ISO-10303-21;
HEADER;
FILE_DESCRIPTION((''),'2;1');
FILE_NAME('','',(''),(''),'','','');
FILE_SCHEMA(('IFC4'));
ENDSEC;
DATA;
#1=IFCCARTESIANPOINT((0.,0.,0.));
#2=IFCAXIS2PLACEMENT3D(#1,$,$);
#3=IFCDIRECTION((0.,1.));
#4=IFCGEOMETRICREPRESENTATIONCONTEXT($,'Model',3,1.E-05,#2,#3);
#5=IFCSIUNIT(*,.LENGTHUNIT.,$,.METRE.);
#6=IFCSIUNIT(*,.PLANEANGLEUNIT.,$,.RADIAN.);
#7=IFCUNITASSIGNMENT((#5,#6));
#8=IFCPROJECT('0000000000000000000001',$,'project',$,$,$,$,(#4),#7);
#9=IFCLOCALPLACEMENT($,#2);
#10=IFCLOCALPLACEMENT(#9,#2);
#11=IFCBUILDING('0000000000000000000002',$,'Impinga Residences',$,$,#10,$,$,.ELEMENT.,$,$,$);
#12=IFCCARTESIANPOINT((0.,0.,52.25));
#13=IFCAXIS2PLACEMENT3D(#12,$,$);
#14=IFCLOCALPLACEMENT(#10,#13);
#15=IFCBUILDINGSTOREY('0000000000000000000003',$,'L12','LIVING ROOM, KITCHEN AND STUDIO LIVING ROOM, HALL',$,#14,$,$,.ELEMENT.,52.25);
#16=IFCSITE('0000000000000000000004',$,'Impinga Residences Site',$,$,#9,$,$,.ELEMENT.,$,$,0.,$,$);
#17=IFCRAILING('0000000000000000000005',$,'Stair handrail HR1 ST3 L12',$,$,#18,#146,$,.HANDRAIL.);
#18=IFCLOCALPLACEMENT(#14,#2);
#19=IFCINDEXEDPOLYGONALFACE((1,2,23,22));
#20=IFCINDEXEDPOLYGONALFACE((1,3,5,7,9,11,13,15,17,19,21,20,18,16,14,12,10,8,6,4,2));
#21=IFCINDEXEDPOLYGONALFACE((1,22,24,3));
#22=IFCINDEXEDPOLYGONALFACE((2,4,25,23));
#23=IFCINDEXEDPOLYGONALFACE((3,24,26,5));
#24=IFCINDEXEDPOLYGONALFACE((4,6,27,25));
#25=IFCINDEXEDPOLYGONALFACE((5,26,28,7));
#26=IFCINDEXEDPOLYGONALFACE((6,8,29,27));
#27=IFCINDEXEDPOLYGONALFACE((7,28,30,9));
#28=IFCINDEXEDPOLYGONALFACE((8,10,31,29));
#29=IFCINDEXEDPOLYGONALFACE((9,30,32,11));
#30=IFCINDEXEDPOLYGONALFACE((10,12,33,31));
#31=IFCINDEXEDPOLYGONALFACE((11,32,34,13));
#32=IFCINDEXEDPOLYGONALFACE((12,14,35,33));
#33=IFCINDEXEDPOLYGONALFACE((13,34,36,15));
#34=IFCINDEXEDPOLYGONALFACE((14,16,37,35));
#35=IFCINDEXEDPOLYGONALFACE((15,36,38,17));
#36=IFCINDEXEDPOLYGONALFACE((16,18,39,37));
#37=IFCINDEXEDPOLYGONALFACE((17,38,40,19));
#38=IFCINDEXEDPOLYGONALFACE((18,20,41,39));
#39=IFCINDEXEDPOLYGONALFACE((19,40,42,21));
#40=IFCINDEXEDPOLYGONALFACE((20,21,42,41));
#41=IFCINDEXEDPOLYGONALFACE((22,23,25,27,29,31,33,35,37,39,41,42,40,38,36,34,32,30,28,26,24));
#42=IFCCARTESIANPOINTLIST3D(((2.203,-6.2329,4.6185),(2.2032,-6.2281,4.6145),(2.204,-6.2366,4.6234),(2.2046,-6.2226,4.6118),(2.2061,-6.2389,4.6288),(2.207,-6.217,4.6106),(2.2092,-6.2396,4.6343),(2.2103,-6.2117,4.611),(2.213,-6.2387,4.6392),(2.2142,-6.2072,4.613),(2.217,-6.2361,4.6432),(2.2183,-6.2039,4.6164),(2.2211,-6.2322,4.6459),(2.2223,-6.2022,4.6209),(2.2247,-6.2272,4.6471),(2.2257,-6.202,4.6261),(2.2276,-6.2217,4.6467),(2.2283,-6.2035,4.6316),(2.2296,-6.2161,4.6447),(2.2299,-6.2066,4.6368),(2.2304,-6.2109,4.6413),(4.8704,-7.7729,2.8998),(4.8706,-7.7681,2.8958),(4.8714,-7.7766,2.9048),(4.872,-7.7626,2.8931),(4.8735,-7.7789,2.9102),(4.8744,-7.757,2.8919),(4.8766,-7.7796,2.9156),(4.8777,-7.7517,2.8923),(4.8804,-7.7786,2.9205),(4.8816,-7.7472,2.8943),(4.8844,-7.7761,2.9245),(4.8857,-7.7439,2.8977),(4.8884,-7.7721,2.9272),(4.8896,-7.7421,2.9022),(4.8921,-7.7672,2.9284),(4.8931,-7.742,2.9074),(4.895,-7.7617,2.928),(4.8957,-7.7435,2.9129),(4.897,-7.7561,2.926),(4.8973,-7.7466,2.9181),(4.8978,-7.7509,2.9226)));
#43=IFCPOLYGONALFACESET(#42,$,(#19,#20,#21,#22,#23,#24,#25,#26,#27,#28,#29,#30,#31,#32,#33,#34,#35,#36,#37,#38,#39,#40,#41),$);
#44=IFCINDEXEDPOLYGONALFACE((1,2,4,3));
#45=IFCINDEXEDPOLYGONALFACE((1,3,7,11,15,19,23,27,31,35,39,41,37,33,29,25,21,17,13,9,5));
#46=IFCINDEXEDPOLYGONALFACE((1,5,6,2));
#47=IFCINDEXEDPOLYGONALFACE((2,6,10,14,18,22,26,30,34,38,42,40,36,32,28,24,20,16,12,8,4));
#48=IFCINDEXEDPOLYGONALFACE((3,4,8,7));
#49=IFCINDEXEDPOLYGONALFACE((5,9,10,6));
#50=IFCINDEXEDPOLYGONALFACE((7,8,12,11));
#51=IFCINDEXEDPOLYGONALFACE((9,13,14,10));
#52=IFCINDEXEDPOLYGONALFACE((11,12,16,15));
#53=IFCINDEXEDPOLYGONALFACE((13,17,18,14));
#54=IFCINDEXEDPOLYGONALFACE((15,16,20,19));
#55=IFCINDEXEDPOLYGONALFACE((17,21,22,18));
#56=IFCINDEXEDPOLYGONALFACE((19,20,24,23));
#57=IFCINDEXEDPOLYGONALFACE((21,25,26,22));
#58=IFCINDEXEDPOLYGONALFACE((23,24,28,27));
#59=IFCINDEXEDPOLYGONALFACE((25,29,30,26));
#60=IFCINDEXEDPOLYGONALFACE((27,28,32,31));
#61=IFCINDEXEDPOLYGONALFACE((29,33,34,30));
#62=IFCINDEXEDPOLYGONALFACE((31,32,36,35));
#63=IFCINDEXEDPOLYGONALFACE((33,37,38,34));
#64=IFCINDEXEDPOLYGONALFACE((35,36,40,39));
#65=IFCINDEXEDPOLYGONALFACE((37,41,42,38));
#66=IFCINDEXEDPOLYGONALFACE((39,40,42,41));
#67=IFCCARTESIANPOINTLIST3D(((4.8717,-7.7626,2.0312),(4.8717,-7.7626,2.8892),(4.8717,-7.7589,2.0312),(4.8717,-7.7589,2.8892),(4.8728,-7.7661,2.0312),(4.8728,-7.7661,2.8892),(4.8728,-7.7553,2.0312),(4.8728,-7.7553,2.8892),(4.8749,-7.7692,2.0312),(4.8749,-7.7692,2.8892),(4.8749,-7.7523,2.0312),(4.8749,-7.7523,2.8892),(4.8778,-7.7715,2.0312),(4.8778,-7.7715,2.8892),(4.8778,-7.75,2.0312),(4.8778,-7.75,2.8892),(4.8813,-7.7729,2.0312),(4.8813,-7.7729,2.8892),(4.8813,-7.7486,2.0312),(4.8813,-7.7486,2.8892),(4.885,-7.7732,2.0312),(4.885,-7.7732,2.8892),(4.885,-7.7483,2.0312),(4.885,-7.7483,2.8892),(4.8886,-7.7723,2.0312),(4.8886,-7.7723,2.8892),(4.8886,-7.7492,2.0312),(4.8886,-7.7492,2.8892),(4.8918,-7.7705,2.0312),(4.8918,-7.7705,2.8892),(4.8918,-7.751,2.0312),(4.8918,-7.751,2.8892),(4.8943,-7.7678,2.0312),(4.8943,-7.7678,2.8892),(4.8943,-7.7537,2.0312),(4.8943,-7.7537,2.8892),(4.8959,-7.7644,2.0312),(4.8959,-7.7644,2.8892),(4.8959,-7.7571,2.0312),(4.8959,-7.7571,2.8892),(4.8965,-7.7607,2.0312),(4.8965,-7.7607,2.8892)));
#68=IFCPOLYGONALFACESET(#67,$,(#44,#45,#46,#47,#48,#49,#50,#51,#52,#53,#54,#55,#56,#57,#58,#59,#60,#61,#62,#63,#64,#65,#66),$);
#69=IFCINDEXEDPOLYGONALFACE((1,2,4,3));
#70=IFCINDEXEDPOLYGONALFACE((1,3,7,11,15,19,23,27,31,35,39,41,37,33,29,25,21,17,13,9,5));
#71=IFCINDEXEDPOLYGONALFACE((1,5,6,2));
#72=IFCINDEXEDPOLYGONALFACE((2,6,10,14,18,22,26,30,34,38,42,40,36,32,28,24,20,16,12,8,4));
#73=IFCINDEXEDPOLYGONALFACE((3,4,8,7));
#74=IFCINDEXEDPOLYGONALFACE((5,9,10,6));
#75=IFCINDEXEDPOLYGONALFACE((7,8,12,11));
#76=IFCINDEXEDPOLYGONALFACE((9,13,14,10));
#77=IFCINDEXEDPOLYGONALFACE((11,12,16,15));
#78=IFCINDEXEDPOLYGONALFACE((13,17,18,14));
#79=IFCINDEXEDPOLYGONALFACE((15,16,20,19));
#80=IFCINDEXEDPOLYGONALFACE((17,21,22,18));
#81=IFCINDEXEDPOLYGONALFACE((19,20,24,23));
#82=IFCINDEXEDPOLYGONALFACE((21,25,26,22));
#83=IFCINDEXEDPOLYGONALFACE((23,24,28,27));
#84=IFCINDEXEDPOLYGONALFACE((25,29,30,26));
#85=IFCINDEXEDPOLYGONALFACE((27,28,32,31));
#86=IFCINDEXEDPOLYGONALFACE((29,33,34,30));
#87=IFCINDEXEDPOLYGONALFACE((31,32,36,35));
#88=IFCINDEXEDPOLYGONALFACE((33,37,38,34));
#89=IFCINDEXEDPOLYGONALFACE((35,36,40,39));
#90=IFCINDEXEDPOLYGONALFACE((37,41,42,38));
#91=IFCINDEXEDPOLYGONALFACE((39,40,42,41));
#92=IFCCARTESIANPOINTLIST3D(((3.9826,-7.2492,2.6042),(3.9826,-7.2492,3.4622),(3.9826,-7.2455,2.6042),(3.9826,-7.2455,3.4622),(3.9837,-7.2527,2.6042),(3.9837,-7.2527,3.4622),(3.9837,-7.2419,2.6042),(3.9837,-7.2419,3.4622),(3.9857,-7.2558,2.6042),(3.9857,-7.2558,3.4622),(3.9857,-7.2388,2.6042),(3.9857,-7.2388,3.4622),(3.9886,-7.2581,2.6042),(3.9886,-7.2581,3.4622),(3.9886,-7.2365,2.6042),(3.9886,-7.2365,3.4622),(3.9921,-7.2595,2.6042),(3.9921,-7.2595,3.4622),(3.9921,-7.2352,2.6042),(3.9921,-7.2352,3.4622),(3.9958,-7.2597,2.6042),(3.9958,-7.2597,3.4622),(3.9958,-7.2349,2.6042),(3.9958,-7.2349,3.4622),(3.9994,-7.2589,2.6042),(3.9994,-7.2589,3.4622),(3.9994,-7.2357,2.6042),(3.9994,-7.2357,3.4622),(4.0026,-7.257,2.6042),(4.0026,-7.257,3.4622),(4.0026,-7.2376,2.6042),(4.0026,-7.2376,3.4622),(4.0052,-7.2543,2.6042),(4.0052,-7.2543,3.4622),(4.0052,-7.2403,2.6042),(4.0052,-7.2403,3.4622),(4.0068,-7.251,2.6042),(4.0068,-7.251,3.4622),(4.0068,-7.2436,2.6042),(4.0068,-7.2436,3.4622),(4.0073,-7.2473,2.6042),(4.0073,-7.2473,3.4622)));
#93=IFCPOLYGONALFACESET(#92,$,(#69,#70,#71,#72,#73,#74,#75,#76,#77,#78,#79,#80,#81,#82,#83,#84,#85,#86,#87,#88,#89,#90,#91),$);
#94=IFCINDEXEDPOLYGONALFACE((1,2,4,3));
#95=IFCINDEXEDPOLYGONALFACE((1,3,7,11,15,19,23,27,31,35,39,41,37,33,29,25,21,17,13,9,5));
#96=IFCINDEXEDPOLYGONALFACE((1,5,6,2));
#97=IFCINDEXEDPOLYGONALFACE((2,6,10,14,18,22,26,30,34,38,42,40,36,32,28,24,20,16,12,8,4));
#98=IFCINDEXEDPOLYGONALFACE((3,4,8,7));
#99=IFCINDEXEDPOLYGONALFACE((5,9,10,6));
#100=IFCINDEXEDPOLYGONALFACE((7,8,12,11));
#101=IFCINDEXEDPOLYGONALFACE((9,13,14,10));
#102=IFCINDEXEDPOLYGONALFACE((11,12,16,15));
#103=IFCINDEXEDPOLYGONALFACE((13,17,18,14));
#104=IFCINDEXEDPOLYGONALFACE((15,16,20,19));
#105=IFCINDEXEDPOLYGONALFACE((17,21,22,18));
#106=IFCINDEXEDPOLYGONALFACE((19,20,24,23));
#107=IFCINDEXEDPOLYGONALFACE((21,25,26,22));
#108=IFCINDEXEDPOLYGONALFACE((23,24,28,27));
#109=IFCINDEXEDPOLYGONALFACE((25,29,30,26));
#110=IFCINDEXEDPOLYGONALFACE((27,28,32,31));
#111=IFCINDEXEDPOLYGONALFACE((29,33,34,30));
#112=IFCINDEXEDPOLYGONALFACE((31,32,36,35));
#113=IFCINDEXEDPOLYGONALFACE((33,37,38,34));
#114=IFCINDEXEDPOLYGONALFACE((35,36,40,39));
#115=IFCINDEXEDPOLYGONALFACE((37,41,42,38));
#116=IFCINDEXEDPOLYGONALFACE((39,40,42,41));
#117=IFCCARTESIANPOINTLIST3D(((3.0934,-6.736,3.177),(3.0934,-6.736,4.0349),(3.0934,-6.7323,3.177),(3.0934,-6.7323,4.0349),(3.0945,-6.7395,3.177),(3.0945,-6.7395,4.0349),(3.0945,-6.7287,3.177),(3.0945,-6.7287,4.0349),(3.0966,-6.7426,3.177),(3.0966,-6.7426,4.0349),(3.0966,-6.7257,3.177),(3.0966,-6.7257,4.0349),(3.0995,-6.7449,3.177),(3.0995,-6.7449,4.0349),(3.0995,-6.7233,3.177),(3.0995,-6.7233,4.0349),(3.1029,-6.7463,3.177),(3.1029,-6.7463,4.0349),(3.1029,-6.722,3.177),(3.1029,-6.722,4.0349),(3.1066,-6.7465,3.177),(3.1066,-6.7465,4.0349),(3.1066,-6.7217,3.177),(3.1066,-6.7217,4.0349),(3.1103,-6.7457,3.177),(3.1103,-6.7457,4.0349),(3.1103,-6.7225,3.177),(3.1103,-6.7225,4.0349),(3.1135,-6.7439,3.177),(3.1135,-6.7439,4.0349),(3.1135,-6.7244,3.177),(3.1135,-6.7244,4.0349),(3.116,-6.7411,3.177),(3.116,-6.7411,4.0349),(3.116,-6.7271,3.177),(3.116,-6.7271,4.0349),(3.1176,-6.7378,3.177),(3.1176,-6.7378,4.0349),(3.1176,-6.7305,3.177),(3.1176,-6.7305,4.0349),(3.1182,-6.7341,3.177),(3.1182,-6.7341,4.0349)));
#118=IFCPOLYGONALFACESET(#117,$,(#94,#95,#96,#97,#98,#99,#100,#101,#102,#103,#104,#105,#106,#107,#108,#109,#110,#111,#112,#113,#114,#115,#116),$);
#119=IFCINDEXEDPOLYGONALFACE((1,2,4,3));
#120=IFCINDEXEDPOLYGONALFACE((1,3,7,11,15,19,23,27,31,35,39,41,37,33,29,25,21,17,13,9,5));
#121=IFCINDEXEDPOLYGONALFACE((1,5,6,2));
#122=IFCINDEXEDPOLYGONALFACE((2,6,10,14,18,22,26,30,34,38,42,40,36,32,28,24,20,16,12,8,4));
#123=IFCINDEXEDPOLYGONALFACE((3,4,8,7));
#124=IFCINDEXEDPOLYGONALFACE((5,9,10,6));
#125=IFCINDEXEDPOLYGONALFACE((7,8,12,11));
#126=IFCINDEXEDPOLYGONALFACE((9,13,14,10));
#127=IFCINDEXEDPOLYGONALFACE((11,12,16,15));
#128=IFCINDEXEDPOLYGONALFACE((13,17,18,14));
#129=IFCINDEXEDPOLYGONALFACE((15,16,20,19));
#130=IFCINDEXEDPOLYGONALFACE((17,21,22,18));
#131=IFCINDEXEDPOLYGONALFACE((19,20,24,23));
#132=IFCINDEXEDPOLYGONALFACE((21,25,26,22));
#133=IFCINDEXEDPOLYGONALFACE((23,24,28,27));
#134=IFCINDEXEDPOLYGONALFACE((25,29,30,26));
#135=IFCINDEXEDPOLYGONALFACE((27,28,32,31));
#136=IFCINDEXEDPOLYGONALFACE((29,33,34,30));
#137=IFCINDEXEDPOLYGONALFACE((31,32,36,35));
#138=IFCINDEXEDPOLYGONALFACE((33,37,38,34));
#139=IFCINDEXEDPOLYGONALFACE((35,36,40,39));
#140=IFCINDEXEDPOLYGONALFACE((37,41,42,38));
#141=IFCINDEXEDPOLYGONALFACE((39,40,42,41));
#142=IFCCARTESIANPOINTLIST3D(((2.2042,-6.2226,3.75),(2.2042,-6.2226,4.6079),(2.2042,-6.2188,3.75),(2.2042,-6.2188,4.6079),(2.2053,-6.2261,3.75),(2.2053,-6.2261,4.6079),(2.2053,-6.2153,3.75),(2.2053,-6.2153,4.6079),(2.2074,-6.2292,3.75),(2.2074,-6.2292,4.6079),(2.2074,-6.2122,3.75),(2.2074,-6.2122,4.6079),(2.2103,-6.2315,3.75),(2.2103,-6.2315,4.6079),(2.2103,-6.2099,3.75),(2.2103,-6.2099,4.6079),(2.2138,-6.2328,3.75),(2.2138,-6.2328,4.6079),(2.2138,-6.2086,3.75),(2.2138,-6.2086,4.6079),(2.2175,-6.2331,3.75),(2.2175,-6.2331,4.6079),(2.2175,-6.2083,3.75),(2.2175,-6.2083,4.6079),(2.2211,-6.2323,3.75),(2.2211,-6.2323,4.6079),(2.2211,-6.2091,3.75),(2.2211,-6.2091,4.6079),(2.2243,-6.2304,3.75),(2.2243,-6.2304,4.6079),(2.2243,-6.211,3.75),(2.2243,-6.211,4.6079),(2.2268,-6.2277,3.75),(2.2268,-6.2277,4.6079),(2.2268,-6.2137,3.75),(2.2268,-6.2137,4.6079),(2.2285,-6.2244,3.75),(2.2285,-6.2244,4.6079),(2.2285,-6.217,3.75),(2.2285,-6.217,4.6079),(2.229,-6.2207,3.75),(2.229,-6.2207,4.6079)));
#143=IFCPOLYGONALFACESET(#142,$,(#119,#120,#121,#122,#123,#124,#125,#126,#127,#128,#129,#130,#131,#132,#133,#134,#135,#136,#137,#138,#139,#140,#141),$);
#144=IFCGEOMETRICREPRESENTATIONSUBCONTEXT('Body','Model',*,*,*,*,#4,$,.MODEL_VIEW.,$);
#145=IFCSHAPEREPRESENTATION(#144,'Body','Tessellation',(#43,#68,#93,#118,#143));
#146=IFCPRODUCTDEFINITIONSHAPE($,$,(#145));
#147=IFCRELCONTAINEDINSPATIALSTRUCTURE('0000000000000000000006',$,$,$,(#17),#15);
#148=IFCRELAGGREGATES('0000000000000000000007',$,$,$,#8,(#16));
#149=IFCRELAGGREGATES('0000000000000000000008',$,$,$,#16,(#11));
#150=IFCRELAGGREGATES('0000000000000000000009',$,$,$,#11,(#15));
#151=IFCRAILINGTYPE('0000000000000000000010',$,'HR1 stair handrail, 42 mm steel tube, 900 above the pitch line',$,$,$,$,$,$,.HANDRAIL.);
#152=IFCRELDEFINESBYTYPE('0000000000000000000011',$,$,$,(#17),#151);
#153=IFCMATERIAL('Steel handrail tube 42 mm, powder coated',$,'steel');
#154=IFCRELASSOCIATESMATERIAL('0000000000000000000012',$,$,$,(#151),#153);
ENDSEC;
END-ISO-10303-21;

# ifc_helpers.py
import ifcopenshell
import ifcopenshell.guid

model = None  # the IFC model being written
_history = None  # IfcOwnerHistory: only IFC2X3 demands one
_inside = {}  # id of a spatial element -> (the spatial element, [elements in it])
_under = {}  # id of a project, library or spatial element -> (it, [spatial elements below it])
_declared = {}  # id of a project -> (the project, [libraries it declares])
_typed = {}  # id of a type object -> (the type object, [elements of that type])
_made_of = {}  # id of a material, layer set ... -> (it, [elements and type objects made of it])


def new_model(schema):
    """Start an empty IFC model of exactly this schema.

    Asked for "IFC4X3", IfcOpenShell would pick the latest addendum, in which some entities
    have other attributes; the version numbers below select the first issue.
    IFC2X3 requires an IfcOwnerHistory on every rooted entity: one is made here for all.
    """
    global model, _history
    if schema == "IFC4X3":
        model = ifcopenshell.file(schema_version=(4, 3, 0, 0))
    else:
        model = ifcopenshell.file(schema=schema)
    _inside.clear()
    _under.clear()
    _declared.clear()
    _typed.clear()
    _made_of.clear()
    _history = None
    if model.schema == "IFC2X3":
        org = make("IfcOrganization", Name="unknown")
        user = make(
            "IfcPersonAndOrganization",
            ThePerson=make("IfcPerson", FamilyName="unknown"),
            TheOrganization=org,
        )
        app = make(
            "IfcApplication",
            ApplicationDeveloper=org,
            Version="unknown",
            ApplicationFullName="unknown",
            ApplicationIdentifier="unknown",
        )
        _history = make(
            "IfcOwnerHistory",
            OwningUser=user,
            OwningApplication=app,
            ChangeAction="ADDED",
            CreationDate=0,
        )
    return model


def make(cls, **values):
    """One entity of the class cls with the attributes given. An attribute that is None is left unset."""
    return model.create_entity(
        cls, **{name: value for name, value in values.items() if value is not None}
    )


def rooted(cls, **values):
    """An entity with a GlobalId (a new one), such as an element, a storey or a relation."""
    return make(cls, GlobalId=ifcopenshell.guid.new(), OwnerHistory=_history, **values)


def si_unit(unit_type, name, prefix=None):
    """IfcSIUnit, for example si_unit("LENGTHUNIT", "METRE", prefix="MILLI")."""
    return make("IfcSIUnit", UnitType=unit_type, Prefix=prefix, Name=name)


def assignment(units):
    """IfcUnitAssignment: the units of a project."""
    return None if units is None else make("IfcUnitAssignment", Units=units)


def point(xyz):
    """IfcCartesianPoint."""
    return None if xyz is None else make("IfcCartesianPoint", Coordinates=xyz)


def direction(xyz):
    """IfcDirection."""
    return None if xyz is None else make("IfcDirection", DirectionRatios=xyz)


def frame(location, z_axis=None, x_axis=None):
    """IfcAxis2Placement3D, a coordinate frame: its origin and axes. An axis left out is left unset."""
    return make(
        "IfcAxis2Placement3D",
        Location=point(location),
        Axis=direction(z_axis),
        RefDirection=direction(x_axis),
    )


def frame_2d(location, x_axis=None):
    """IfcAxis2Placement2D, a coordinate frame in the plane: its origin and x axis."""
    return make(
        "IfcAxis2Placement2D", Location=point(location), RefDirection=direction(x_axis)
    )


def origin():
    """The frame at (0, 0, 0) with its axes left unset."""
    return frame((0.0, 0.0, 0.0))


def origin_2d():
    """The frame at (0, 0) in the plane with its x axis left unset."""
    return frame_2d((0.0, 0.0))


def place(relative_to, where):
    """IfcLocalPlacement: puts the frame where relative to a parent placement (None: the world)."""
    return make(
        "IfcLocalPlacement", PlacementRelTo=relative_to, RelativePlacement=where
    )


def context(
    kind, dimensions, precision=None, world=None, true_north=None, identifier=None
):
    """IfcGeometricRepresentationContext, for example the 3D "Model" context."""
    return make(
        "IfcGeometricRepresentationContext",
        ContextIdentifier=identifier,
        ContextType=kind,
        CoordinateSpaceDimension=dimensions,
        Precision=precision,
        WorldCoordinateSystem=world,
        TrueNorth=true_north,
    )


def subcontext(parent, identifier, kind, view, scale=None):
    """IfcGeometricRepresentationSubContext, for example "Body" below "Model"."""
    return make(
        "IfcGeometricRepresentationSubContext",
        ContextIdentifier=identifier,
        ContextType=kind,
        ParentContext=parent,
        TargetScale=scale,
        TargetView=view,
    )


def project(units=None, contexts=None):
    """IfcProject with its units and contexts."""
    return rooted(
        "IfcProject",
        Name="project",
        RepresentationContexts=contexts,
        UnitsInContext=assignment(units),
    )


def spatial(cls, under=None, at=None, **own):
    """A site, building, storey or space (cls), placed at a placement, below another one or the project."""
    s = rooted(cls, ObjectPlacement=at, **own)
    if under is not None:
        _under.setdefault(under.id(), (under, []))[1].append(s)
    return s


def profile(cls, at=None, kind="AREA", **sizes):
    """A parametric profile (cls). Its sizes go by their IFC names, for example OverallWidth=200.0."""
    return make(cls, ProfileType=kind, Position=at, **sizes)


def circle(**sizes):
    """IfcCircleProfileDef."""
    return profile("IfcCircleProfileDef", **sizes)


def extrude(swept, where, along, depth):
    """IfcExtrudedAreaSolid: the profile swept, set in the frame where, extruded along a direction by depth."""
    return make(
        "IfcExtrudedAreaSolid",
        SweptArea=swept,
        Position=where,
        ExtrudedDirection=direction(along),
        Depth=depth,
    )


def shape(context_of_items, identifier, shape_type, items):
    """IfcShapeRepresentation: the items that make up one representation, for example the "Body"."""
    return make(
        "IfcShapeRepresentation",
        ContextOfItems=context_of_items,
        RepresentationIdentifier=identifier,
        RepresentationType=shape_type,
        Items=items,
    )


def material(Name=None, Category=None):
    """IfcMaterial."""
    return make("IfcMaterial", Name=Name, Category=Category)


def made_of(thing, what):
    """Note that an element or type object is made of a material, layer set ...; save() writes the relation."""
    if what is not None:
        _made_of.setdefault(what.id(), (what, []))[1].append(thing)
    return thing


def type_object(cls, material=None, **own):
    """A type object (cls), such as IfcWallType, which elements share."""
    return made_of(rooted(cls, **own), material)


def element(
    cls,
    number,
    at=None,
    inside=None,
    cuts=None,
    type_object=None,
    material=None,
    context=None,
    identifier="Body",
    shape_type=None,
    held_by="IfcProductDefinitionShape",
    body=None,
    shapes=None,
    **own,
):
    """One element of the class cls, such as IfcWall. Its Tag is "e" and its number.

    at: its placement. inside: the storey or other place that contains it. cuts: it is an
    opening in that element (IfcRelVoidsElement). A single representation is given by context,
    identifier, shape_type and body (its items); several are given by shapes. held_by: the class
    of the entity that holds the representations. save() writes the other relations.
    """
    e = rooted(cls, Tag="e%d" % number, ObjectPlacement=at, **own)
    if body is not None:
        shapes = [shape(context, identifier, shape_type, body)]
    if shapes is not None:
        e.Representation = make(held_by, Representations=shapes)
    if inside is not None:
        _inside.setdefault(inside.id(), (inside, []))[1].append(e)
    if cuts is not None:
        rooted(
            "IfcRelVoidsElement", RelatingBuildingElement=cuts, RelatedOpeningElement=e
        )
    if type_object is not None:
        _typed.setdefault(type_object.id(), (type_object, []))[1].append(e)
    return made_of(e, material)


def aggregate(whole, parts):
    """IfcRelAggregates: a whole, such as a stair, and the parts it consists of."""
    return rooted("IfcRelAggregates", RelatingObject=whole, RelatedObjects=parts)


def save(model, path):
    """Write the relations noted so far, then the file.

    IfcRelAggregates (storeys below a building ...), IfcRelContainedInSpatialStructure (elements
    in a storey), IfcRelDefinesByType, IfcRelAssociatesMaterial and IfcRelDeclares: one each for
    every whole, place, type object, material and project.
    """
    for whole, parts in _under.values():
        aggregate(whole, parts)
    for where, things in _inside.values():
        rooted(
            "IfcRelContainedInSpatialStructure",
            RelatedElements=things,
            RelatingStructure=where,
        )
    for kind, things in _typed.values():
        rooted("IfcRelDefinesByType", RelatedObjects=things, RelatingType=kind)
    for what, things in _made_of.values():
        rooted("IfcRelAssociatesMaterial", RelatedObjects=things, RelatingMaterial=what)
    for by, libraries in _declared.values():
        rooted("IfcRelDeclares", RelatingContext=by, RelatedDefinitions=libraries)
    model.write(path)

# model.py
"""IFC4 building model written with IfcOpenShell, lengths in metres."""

from ifc_helpers import new_model, si_unit, direction, frame, origin, origin_2d, place, context, subcontext, project, spatial, circle, extrude, material, type_object, element, save


model = new_model("IFC4")

# Units and contexts
model_context = context("Model", 3, precision=1e-05, world=origin(), true_north=direction((0.0, 1.0)))
body_context = subcontext(model_context, "Body", "Model", "MODEL_VIEW")
ifc_project = project(units=[si_unit("LENGTHUNIT", "METRE"), si_unit("PLANEANGLEUNIT", "RADIAN")], contexts=[model_context])

# Site, building, storey
site_placement = place(None, origin())
site = spatial("IfcSite", under=ifc_project, at=site_placement, Name="Impinga Residences Site", CompositionType="ELEMENT", RefElevation=0.0)
building_placement = place(site_placement, origin())
building = spatial("IfcBuilding", under=site, at=building_placement, Name="Impinga Residences", CompositionType="ELEMENT")
storey_placement = place(building_placement, frame((0.0, 0.0, 52.25)))
storey = spatial("IfcBuildingStorey", under=building, at=storey_placement, Name="L12", Description="LIVING ROOM, KITCHEN AND STUDIO LIVING ROOM, HALL", CompositionType="ELEMENT", Elevation=52.25)

# Railing
ifc_material_1 = material(Name="Steel handrail tube 42 mm, powder coated", Category="steel")
railing_type_1 = type_object("IfcRailingType", Name="HR1 stair handrail, 42 mm steel tube, 900 above the pitch line", PredefinedType="HANDRAIL", material=ifc_material_1)
railing_1_placement = place(storey_placement, frame((4.884, -7.7607, 2.0312)))
element("IfcRailing", 1, at=railing_1_placement, inside=storey, type_object=railing_type_1, Name="Stair handrail HR1 ST3 L12", PredefinedType="HANDRAIL", context=body_context, shape_type="SweptSolid", body=[
    extrude(circle(Radius=0.021, at=origin_2d()), frame((0.0, 0.0, 0.8789), z_axis=(-0.756256, 0.436616, 0.487282), x_axis=(-0.499992, -0.86603, 0.0)), (0.0, 0.0, 1.0), 3.5271),
    extrude(circle(Radius=0.0125, at=origin_2d()), origin(), (0.0, 0.0, 1.0), 0.8579),
    extrude(circle(Radius=0.0125, at=origin_2d()), frame((-0.8892, 0.5134, 0.573)), (0.0, 0.0, 1.0), 0.8579),
    extrude(circle(Radius=0.0125, at=origin_2d()), frame((-1.7783, 1.0266, 1.1458)), (0.0, 0.0, 1.0), 0.8579),
    extrude(circle(Radius=0.0125, at=origin_2d()), frame((-2.6675, 1.54, 1.7188)), (0.0, 0.0, 1.0), 0.8579),
])

save(model, "model.ifc")
